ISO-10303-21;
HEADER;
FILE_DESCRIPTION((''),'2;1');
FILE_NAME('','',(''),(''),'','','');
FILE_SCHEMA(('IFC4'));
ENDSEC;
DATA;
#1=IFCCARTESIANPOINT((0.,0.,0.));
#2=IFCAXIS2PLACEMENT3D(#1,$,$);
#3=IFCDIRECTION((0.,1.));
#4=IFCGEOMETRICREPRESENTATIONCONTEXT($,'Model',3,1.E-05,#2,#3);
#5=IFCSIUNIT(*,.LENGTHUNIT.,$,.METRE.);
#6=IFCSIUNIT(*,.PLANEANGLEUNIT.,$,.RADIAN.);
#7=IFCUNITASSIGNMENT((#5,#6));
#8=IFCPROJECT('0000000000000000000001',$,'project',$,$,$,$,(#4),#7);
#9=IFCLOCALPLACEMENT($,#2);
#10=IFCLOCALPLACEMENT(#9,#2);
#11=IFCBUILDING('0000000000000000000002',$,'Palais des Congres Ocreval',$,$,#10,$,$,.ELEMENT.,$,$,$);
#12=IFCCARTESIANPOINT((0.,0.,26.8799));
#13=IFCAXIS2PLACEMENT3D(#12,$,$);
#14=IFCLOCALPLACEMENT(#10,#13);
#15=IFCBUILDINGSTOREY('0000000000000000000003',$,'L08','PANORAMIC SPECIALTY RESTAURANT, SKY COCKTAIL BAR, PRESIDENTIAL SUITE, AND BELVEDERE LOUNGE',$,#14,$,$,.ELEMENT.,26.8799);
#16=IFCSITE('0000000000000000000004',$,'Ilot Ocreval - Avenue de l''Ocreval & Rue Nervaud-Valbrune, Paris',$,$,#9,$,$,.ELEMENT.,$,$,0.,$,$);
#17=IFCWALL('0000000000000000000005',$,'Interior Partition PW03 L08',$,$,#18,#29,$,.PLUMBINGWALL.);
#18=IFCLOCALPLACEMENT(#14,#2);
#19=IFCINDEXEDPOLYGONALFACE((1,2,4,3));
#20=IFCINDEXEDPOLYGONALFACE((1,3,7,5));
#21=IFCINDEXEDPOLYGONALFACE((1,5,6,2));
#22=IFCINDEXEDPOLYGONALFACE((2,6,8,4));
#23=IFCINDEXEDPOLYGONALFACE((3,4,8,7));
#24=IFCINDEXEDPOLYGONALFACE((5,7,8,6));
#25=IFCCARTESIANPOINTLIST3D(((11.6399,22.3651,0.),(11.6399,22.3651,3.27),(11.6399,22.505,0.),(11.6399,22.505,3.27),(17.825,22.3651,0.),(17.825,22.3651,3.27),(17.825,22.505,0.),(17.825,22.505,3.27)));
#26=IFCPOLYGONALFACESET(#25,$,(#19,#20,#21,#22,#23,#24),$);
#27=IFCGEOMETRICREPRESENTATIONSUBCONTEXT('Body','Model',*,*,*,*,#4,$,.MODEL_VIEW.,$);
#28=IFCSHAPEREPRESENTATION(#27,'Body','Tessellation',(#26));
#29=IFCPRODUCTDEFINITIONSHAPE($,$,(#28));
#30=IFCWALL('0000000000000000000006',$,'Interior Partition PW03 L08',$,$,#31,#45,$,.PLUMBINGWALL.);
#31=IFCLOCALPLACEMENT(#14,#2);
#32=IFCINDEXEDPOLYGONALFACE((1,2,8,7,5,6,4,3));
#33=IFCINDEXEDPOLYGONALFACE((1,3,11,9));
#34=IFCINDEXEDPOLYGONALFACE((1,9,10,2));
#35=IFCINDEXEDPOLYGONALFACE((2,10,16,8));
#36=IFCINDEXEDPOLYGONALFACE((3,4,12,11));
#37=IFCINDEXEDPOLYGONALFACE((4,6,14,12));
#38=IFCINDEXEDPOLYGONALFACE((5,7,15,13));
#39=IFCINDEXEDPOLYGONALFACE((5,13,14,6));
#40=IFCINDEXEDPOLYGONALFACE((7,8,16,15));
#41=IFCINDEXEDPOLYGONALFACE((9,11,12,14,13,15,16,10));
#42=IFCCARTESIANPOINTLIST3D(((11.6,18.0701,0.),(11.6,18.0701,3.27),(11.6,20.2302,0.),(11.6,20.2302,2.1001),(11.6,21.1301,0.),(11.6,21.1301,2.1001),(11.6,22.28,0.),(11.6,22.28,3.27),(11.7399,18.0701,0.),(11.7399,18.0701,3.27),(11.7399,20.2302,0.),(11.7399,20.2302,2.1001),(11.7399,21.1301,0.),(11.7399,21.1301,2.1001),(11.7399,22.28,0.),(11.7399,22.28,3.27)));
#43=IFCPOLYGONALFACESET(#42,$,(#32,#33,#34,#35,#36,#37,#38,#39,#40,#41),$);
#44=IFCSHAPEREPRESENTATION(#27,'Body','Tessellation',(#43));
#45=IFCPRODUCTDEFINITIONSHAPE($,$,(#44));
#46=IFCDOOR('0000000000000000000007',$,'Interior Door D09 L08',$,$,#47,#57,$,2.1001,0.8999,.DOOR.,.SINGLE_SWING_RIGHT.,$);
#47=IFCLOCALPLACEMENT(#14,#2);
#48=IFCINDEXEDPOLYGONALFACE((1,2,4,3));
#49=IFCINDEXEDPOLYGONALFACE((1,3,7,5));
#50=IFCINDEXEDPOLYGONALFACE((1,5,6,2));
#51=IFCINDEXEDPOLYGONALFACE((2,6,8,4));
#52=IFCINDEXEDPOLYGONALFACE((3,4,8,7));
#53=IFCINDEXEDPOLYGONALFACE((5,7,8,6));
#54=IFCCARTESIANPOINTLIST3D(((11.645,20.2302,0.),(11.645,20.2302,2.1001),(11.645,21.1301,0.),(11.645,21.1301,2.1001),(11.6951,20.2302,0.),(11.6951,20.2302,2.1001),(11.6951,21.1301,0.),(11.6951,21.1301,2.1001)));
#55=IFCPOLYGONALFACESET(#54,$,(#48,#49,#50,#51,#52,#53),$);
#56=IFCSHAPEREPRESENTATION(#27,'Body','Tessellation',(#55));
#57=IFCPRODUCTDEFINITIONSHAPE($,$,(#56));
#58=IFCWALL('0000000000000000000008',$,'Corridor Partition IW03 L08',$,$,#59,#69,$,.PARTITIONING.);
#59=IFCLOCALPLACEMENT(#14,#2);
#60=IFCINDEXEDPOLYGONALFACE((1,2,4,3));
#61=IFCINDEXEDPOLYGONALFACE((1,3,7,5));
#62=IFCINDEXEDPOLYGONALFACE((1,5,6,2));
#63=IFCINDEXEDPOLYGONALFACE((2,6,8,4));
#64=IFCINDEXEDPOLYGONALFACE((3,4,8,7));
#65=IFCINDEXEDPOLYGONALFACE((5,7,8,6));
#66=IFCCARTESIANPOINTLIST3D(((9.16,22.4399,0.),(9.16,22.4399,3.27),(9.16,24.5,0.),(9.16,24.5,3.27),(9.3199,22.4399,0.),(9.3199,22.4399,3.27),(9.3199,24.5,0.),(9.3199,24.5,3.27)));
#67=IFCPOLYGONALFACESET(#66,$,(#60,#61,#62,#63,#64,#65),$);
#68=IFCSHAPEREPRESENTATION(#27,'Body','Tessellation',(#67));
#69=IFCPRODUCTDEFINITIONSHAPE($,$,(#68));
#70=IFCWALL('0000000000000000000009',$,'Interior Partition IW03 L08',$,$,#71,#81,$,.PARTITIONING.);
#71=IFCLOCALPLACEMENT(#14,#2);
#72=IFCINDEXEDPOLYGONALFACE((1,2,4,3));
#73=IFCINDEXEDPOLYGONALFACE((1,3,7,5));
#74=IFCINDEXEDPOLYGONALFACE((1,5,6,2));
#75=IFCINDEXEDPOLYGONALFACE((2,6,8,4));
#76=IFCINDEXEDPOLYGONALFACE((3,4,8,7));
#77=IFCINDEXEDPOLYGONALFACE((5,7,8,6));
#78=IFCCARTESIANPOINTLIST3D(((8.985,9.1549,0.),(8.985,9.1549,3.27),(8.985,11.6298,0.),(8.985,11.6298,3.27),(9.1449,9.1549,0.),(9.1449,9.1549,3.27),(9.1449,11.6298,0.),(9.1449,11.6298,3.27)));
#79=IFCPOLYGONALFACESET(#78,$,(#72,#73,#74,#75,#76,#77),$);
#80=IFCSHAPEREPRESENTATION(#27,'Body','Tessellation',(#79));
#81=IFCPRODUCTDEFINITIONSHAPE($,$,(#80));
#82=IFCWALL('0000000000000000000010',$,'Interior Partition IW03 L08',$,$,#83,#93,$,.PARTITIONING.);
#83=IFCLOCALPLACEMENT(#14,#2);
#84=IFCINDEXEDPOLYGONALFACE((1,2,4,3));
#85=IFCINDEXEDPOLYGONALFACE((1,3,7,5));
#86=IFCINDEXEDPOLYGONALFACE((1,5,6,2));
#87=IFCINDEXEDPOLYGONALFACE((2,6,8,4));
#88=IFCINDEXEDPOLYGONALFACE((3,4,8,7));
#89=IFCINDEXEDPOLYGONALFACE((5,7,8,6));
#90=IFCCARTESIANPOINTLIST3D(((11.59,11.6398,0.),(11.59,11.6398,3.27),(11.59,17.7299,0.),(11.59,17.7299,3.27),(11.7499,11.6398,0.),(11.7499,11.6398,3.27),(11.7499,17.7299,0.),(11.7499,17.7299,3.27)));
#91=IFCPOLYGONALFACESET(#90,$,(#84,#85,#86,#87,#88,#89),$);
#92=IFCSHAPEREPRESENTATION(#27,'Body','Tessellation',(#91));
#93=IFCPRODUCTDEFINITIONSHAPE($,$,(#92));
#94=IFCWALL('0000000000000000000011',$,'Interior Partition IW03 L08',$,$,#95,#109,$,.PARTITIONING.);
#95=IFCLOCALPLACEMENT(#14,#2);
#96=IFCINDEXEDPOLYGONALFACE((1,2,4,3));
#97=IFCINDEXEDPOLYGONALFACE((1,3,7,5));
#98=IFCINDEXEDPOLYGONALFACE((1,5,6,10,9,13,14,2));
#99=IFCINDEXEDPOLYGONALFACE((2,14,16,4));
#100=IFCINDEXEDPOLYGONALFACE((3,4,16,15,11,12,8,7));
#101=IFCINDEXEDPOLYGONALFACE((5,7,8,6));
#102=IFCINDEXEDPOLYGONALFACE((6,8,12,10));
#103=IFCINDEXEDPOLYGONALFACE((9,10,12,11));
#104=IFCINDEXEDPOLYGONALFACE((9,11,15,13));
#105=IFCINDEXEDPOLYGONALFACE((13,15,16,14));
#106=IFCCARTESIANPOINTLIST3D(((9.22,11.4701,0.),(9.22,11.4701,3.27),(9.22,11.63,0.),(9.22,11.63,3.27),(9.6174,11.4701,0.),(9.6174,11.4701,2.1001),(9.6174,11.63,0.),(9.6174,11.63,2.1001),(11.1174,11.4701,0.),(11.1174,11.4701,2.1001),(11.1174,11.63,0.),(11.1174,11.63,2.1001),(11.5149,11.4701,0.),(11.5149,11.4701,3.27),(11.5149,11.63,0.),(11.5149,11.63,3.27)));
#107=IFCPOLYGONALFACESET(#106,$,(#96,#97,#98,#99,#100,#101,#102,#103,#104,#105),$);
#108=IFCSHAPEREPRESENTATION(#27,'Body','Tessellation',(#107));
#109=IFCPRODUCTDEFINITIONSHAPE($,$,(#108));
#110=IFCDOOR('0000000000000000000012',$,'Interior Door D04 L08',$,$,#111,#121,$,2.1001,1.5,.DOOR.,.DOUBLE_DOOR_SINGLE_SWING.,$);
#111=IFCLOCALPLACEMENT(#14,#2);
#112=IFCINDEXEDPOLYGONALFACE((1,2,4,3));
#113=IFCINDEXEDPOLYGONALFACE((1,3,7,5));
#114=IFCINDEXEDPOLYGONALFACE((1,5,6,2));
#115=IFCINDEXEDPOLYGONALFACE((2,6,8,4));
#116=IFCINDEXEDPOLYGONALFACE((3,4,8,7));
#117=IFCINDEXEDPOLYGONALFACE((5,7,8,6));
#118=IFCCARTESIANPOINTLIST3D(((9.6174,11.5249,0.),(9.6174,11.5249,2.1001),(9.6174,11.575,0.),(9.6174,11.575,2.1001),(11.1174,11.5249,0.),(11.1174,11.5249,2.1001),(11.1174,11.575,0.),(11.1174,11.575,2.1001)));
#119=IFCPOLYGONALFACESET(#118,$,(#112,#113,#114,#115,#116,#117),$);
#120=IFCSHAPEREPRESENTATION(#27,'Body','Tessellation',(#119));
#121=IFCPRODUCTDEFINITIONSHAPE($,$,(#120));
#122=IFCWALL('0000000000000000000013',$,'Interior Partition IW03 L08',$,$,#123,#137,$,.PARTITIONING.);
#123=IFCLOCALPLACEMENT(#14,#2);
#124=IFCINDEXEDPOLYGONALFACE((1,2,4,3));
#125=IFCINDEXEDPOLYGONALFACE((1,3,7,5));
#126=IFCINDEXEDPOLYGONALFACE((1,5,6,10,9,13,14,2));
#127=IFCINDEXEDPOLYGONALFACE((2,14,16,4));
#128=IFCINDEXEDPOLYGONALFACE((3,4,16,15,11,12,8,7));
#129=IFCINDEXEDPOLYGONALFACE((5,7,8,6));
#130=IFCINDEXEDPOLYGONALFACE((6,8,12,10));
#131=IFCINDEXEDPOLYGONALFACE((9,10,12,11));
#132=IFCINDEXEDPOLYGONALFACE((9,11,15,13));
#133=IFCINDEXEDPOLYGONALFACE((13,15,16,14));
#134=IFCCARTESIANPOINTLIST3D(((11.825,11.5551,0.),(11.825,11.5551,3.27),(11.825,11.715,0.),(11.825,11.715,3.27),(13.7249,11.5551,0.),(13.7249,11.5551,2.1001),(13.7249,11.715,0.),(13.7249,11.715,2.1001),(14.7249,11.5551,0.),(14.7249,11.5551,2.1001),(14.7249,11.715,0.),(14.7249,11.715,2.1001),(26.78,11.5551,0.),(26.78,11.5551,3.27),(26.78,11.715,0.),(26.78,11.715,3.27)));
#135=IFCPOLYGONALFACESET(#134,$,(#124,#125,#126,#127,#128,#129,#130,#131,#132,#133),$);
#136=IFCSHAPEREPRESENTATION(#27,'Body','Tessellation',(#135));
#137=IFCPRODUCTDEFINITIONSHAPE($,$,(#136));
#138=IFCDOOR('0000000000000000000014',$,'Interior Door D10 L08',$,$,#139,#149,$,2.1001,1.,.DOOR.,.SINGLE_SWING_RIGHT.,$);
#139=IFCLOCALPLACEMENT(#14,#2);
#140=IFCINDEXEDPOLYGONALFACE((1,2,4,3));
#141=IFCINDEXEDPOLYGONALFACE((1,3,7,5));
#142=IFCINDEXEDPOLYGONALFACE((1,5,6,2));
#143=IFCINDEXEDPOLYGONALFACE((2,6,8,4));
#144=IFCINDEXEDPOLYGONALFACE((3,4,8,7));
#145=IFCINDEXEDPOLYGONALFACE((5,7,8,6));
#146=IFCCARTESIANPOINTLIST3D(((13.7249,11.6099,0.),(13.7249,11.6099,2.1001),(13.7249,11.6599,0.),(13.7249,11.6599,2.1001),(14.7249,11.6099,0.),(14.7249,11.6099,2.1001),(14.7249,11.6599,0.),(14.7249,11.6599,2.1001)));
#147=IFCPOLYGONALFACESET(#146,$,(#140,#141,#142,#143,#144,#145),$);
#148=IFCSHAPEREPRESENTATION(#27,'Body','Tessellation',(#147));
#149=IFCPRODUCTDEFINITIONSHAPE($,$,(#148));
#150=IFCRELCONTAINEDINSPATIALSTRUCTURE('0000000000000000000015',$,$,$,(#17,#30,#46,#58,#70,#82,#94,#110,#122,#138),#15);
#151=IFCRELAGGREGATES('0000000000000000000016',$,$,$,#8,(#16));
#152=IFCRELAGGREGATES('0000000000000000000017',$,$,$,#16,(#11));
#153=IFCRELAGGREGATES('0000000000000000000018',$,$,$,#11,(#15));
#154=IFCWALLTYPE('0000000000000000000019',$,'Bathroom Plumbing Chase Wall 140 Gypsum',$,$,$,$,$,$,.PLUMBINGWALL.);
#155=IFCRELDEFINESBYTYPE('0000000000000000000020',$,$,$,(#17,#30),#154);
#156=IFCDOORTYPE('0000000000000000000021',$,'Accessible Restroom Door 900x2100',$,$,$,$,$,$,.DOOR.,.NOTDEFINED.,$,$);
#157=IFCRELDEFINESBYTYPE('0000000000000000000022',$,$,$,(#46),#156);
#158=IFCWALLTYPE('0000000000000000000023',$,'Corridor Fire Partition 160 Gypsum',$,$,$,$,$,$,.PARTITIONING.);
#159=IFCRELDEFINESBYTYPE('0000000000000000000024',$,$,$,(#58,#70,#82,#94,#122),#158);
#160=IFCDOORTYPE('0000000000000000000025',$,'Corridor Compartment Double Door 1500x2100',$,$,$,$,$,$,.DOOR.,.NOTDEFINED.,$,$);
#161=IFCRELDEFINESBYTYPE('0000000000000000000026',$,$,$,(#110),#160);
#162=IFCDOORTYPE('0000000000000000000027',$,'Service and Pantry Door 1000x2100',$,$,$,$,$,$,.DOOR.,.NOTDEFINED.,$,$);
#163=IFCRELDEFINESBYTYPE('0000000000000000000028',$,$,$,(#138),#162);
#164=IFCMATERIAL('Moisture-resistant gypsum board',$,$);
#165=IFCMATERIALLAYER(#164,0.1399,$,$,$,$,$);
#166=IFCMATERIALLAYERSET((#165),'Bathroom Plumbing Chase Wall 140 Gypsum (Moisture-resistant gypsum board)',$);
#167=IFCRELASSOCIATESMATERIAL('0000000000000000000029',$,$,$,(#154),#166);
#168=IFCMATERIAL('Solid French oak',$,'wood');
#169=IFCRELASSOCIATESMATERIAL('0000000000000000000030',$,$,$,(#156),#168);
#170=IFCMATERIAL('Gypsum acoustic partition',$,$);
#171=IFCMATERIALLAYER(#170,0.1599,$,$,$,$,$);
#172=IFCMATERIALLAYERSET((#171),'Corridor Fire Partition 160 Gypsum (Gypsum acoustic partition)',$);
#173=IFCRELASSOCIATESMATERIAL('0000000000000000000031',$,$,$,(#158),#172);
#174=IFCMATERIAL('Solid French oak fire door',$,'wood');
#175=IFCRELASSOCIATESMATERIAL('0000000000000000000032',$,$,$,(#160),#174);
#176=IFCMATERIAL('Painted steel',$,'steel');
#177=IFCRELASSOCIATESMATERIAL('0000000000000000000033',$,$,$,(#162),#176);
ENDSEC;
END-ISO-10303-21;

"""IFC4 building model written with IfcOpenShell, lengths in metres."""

from ifc_helpers import new_model, si_unit, direction, frame, frame_2d, origin, place, context, subcontext, project, spatial, rectangle, extrude, material, layer, layer_set, type_object, element, fill, save


model = new_model("IFC4")

# Units and contexts
model_context = context("Model", 3, precision=1e-05, world=origin(), true_north=direction((0.0, 1.0)))
body_context = subcontext(model_context, "Body", "Model", "MODEL_VIEW")
ifc_project = project(units=[si_unit("LENGTHUNIT", "METRE"), si_unit("PLANEANGLEUNIT", "RADIAN")], contexts=[model_context])

# Site, building, storey
site_placement = place(None, origin())
site = spatial("IfcSite", under=ifc_project, at=site_placement, Name="Ilot Ocreval - Avenue de l'Ocreval & Rue Nervaud-Valbrune, Paris", CompositionType="ELEMENT", RefElevation=0.0)
building_placement = place(site_placement, origin())
building = spatial("IfcBuilding", under=site, at=building_placement, Name="Palais des Congres Ocreval", CompositionType="ELEMENT")
storey_placement = place(building_placement, frame((0.0, 0.0, 26.8799)))
storey = spatial("IfcBuildingStorey", under=building, at=storey_placement, Name="L08", Description="PANORAMIC SPECIALTY RESTAURANT, SKY COCKTAIL BAR, PRESIDENTIAL SUITE, AND BELVEDERE LOUNGE", CompositionType="ELEMENT", Elevation=26.8799)

# Wall
ifc_material_1 = material(Name="Moisture-resistant gypsum board")
ifc_layer_1 = layer(ifc_material_1, 0.1399)
ifc_layer_set_1 = layer_set([ifc_layer_1], Name="Bathroom Plumbing Chase Wall 140 Gypsum (Moisture-resistant gypsum board)")
wall_type_1 = type_object("IfcWallType", Name="Bathroom Plumbing Chase Wall 140 Gypsum", PredefinedType="PLUMBINGWALL", material=ifc_layer_set_1)
wall_1_placement = place(storey_placement, frame((11.6399, 22.4351, 0.0), z_axis=(0.0, 0.0, 1.0), x_axis=(1.0, 0.0, 0.0)))
element("IfcWall", 1, at=wall_1_placement, inside=storey, type_object=wall_type_1, Name="Interior Partition PW03 L08", PredefinedType="PLUMBINGWALL", context=body_context, shape_type="SweptSolid", body=[
    extrude(rectangle(XDim=6.1851, YDim=0.1399, at=frame_2d((3.0925, 0.0))), origin(), (0.0, 0.0, 1.0), 3.27),
])

# Wall, opening, door
wall_2_placement = place(storey_placement, frame((11.6699, 18.0701, 0.0), z_axis=(0.0, 0.0, 1.0), x_axis=(0.0, 1.0, 0.0)))
wall_2 = element("IfcWall", 2, at=wall_2_placement, inside=storey, type_object=wall_type_1, Name="Interior Partition PW03 L08", PredefinedType="PLUMBINGWALL", context=body_context, shape_type="SweptSolid", body=[
    extrude(rectangle(XDim=4.21, YDim=0.1399, at=frame_2d((2.105, 0.0))), origin(), (0.0, 0.0, 1.0), 3.27),
])
opening_1_placement = place(wall_2_placement, frame((2.1602, 0.0, 0.0)))
opening_1 = element("IfcOpeningElement", 3, at=opening_1_placement, cuts=wall_2, PredefinedType="OPENING", context=body_context, shape_type="SweptSolid", body=[
    extrude(rectangle(XDim=0.8999, YDim=2.1001, at=frame_2d((0.45, 1.05))), frame((0.0, 0.0798, 0.0), z_axis=(0.0, -1.0, 0.0), x_axis=(1.0, 0.0, 0.0)), (0.0, 0.0, 1.0), 0.1599),
])
ifc_material_2 = material(Name="Solid French oak", Category="wood")
door_type_1 = type_object("IfcDoorType", Name="Accessible Restroom Door 900x2100", OperationType="NOTDEFINED", PredefinedType="DOOR", material=ifc_material_2)
door_1_placement = place(opening_1_placement, origin())
door_1 = element("IfcDoor", 4, at=door_1_placement, inside=storey, type_object=door_type_1, Name="Interior Door D09 L08", OperationType="SINGLE_SWING_RIGHT", OverallHeight=2.1001, OverallWidth=0.8999, PredefinedType="DOOR", context=body_context, shape_type="SweptSolid", body=[
    extrude(rectangle(XDim=0.8999, YDim=2.1001, at=frame_2d((0.45, 1.05))), frame((0.0, 0.0249, 0.0), z_axis=(0.0, -1.0, 0.0), x_axis=(1.0, 0.0, 0.0)), (0.0, 0.0, 1.0), 0.05),
])
fill(opening_1, door_1)

# Walls
ifc_material_3 = material(Name="Gypsum acoustic partition")
ifc_layer_2 = layer(ifc_material_3, 0.1599)
ifc_layer_set_2 = layer_set([ifc_layer_2], Name="Corridor Fire Partition 160 Gypsum (Gypsum acoustic partition)")
wall_type_2 = type_object("IfcWallType", Name="Corridor Fire Partition 160 Gypsum", PredefinedType="PARTITIONING", material=ifc_layer_set_2)
wall_3_placement = place(storey_placement, frame((9.24, 22.4399, 0.0), z_axis=(0.0, 0.0, 1.0), x_axis=(0.0, 1.0, 0.0)))
element("IfcWall", 5, at=wall_3_placement, inside=storey, type_object=wall_type_2, Name="Corridor Partition IW03 L08", PredefinedType="PARTITIONING", context=body_context, shape_type="SweptSolid", body=[
    extrude(rectangle(XDim=2.0601, YDim=0.1599, at=frame_2d((1.03, 0.0))), origin(), (0.0, 0.0, 1.0), 3.27),
])
wall_4_placement = place(storey_placement, frame((9.0649, 9.155, 0.0), z_axis=(0.0, 0.0, 1.0), x_axis=(0.0, 1.0, 0.0)))
element("IfcWall", 6, at=wall_4_placement, inside=storey, type_object=wall_type_2, Name="Interior Partition IW03 L08", PredefinedType="PARTITIONING", context=body_context, shape_type="SweptSolid", body=[
    extrude(rectangle(XDim=2.4749, YDim=0.1599, at=frame_2d((1.2373, 0.0))), origin(), (0.0, 0.0, 1.0), 3.27),
])
wall_5_placement = place(storey_placement, frame((11.6699, 11.6399, 0.0), z_axis=(0.0, 0.0, 1.0), x_axis=(0.0, 1.0, 0.0)))
element("IfcWall", 7, at=wall_5_placement, inside=storey, type_object=wall_type_2, Name="Interior Partition IW03 L08", PredefinedType="PARTITIONING", context=body_context, shape_type="SweptSolid", body=[
    extrude(rectangle(XDim=6.0901, YDim=0.1599, at=frame_2d((3.0449, 0.0))), origin(), (0.0, 0.0, 1.0), 3.27),
])

# Walls, openings, doors
wall_6_placement = place(storey_placement, frame((9.22, 11.55, 0.0), z_axis=(0.0, 0.0, 1.0), x_axis=(1.0, 0.0, 0.0)))
wall_6 = element("IfcWall", 8, at=wall_6_placement, inside=storey, type_object=wall_type_2, Name="Interior Partition IW03 L08", PredefinedType="PARTITIONING", context=body_context, shape_type="SweptSolid", body=[
    extrude(rectangle(XDim=2.2949, YDim=0.1599, at=frame_2d((1.1475, 0.0))), origin(), (0.0, 0.0, 1.0), 3.27),
])
opening_2_placement = place(wall_6_placement, frame((0.3975, 0.0, 0.0)))
opening_2 = element("IfcOpeningElement", 9, at=opening_2_placement, cuts=wall_6, PredefinedType="OPENING", context=body_context, shape_type="SweptSolid", body=[
    extrude(rectangle(XDim=1.5, YDim=2.1001, at=frame_2d((0.75, 1.05))), frame((0.0, 0.0898, 0.0), z_axis=(0.0, -1.0, 0.0), x_axis=(1.0, 0.0, 0.0)), (0.0, 0.0, 1.0), 0.1799),
])
ifc_material_4 = material(Name="Solid French oak fire door", Category="wood")
door_type_2 = type_object("IfcDoorType", Name="Corridor Compartment Double Door 1500x2100", OperationType="NOTDEFINED", PredefinedType="DOOR", material=ifc_material_4)
door_2_placement = place(opening_2_placement, origin())
door_2 = element("IfcDoor", 10, at=door_2_placement, inside=storey, type_object=door_type_2, Name="Interior Door D04 L08", OperationType="DOUBLE_DOOR_SINGLE_SWING", OverallHeight=2.1001, OverallWidth=1.5, PredefinedType="DOOR", context=body_context, shape_type="SweptSolid", body=[
    extrude(rectangle(XDim=1.5, YDim=2.1001, at=frame_2d((0.75, 1.05))), frame((0.0, 0.0249, 0.0), z_axis=(0.0, -1.0, 0.0), x_axis=(1.0, 0.0, 0.0)), (0.0, 0.0, 1.0), 0.05),
])
fill(opening_2, door_2)
wall_7_placement = place(storey_placement, frame((11.825, 11.635, 0.0), z_axis=(0.0, 0.0, 1.0), x_axis=(1.0, 0.0, 0.0)))
wall_7 = element("IfcWall", 11, at=wall_7_placement, inside=storey, type_object=wall_type_2, Name="Interior Partition IW03 L08", PredefinedType="PARTITIONING", context=body_context, shape_type="SweptSolid", body=[
    extrude(rectangle(XDim=14.9551, YDim=0.1599, at=frame_2d((7.4775, 0.0))), origin(), (0.0, 0.0, 1.0), 3.27),
])
opening_3_placement = place(wall_7_placement, frame((1.8999, 0.0, 0.0)))
opening_3 = element("IfcOpeningElement", 12, at=opening_3_placement, cuts=wall_7, PredefinedType="OPENING", context=body_context, shape_type="SweptSolid", body=[
    extrude(rectangle(XDim=1.0, YDim=2.1001, at=frame_2d((0.5, 1.05))), frame((0.0, 0.0898, 0.0), z_axis=(0.0, -1.0, 0.0), x_axis=(1.0, 0.0, 0.0)), (0.0, 0.0, 1.0), 0.1799),
])
ifc_material_5 = material(Name="Painted steel", Category="steel")
door_type_3 = type_object("IfcDoorType", Name="Service and Pantry Door 1000x2100", OperationType="NOTDEFINED", PredefinedType="DOOR", material=ifc_material_5)
door_3_placement = place(opening_3_placement, origin())
door_3 = element("IfcDoor", 13, at=door_3_placement, inside=storey, type_object=door_type_3, Name="Interior Door D10 L08", OperationType="SINGLE_SWING_RIGHT", OverallHeight=2.1001, OverallWidth=1.0, PredefinedType="DOOR", context=body_context, shape_type="SweptSolid", body=[
    extrude(rectangle(XDim=1.0, YDim=2.1001, at=frame_2d((0.5, 1.05))), frame((0.0, 0.0249, 0.0), z_axis=(0.0, -1.0, 0.0), x_axis=(1.0, 0.0, 0.0)), (0.0, 0.0, 1.0), 0.05),
])
fill(opening_3, door_3)

save(model, "model.ifc")
